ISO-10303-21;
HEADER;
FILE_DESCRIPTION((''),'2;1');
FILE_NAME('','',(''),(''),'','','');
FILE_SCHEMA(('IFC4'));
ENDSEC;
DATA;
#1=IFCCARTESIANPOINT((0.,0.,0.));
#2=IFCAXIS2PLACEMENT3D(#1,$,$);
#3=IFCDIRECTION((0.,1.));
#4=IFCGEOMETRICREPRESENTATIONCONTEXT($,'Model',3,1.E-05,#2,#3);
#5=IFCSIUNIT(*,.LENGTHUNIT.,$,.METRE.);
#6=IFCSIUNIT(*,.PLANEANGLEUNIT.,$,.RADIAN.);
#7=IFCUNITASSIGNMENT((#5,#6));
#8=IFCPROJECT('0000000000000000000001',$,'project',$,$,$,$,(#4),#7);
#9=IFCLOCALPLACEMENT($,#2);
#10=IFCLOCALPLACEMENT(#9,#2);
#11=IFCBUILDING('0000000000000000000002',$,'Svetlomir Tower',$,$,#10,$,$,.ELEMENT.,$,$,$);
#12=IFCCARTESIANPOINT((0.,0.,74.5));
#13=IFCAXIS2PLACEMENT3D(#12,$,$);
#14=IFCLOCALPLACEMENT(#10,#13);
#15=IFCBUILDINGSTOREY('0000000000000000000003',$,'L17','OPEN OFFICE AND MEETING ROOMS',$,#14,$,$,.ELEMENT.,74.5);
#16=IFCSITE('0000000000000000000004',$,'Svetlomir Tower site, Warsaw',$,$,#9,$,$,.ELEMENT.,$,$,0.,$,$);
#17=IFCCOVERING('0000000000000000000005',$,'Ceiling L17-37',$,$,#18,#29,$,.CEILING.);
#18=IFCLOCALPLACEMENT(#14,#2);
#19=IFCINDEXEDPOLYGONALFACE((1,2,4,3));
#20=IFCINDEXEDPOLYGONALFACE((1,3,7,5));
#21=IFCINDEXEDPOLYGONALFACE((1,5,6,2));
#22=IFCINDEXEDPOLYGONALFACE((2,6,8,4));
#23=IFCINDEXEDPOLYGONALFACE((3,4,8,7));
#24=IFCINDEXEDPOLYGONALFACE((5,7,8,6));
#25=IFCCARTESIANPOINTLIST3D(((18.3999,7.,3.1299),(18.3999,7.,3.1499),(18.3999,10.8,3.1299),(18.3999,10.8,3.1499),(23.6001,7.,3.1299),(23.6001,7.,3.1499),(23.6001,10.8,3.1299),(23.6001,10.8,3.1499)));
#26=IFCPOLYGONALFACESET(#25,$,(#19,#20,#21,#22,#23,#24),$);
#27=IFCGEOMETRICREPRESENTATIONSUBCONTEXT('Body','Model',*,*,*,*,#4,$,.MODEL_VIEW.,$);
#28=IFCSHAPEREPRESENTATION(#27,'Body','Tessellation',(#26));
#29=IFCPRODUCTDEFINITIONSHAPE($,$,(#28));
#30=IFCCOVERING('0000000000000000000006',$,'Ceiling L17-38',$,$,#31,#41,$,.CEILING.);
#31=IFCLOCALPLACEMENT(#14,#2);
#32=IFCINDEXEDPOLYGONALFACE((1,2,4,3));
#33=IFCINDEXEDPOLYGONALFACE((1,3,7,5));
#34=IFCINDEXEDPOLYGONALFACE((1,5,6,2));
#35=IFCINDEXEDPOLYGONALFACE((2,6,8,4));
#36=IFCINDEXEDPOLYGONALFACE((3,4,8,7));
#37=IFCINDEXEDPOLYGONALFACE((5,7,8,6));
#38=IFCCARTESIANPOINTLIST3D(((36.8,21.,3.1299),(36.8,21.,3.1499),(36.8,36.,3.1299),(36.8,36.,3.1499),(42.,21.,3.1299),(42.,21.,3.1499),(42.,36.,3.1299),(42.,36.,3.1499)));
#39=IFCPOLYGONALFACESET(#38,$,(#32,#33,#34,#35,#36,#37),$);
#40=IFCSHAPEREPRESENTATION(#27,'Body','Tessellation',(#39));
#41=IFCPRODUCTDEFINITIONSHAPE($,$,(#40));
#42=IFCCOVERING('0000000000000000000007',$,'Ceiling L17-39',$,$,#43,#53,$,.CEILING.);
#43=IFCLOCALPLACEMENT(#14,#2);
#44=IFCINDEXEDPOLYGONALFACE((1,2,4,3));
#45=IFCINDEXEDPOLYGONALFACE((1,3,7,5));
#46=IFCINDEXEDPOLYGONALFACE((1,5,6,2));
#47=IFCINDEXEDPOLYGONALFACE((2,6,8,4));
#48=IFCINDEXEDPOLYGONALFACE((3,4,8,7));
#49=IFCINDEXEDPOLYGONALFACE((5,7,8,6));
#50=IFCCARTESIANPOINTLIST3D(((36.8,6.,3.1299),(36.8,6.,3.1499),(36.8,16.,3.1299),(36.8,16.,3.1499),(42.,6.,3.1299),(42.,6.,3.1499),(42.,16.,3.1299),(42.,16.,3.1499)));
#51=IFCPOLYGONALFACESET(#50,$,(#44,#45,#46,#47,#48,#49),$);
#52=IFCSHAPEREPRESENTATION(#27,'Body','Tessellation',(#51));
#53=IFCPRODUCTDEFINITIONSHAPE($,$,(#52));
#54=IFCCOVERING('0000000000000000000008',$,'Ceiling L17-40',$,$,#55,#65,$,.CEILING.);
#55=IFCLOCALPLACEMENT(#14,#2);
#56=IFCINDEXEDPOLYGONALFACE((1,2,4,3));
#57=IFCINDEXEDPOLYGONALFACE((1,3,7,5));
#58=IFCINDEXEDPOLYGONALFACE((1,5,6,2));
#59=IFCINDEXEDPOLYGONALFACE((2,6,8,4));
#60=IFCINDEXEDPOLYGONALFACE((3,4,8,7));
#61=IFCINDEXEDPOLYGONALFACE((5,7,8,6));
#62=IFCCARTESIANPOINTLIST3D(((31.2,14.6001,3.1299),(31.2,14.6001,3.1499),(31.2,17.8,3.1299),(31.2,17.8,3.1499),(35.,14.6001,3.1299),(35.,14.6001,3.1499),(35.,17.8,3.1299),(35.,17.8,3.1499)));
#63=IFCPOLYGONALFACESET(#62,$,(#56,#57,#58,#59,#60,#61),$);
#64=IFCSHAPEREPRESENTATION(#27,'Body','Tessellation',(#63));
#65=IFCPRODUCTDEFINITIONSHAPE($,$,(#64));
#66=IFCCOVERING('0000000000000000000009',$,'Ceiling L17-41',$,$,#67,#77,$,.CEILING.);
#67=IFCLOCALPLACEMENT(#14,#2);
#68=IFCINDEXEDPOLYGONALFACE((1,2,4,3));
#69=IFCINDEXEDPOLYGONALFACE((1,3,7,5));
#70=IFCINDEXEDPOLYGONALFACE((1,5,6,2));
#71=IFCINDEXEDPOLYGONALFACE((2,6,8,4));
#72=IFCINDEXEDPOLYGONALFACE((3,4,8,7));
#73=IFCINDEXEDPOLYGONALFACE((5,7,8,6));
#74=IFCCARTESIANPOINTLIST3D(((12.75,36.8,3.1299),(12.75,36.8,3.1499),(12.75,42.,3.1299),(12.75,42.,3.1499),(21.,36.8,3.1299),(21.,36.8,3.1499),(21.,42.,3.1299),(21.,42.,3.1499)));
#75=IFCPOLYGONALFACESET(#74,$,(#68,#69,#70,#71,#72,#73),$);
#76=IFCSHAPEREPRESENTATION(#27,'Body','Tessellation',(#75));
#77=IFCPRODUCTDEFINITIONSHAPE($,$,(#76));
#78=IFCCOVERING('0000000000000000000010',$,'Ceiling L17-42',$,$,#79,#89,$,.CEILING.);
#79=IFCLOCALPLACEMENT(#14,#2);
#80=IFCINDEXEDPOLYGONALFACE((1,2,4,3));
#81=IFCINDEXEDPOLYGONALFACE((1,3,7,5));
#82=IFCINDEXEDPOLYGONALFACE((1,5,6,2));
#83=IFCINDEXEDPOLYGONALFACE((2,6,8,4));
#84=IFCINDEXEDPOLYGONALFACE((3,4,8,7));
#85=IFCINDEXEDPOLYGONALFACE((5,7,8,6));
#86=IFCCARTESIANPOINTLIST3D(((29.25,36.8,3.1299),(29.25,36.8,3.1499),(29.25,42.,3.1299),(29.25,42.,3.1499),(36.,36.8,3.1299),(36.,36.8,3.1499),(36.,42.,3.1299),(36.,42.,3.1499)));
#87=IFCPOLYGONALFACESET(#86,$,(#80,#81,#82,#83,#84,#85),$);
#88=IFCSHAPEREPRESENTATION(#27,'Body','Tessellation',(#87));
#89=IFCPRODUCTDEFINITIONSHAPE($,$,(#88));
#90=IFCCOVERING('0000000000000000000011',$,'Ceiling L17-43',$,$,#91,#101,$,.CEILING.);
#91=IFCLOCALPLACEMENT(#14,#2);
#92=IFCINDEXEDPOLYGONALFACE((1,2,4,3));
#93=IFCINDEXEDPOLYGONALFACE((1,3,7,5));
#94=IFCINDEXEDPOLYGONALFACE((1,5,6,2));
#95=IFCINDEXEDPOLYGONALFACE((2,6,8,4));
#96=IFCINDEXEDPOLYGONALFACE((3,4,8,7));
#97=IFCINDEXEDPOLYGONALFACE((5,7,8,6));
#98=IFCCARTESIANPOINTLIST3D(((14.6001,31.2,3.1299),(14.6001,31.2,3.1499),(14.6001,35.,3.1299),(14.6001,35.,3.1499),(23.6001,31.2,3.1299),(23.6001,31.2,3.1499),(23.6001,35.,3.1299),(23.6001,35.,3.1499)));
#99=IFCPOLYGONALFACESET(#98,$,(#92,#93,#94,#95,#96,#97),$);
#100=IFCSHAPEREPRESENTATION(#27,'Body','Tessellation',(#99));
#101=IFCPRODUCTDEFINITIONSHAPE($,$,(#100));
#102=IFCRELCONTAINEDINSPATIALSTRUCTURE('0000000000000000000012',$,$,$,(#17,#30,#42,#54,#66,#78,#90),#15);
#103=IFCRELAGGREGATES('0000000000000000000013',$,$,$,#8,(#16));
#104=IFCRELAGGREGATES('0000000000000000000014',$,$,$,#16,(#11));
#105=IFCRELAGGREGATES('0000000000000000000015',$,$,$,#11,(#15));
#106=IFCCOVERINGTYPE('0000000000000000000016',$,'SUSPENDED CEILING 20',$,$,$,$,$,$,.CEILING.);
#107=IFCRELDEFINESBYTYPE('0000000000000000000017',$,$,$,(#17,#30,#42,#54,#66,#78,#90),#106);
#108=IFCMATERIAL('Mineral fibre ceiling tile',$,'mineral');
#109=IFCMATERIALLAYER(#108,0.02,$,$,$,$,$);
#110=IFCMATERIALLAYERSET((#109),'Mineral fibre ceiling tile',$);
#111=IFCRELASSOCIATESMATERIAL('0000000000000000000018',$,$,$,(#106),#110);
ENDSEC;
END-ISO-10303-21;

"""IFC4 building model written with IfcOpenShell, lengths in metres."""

from ifc_helpers import new_model, si_unit, direction, frame, origin, place, context, subcontext, project, spatial, polyline, outline, extrude, material, layer, layer_set, type_object, element, save


model = new_model("IFC4")

# Units and contexts
model_context = context("Model", 3, precision=1e-05, world=origin(), true_north=direction((0.0, 1.0)))
body_context = subcontext(model_context, "Body", "Model", "MODEL_VIEW")
ifc_project = project(units=[si_unit("LENGTHUNIT", "METRE"), si_unit("PLANEANGLEUNIT", "RADIAN")], contexts=[model_context])

# Site, building, storey
site_placement = place(None, origin())
site = spatial("IfcSite", under=ifc_project, at=site_placement, Name="Svetlomir Tower site, Warsaw", CompositionType="ELEMENT", RefElevation=0.0)
building_placement = place(site_placement, origin())
building = spatial("IfcBuilding", under=site, at=building_placement, Name="Svetlomir Tower", CompositionType="ELEMENT")
storey_placement = place(building_placement, frame((0.0, 0.0, 74.5)))
storey = spatial("IfcBuildingStorey", under=building, at=storey_placement, Name="L17", Description="OPEN OFFICE AND MEETING ROOMS", CompositionType="ELEMENT", Elevation=74.5)

# Coverings
ifc_material_1 = material(Name="Mineral fibre ceiling tile", Category="mineral")
ifc_layer_1 = layer(ifc_material_1, 0.02)
ifc_layer_set_1 = layer_set([ifc_layer_1], Name="Mineral fibre ceiling tile")
covering_type_1 = type_object("IfcCoveringType", Name="SUSPENDED CEILING 20", PredefinedType="CEILING", material=ifc_layer_set_1)
covering_1_placement = place(storey_placement, frame((0.0, 0.0, 3.1299)))
element("IfcCovering", 1, at=covering_1_placement, inside=storey, type_object=covering_type_1, Name="Ceiling L17-37", PredefinedType="CEILING", context=body_context, shape_type="SweptSolid", body=[
    extrude(outline(polyline([(23.6001, 10.8), (23.6001, 7.0), (18.3999, 7.0), (18.3999, 10.8), (23.6001, 10.8)])), origin(), (0.0, 0.0, 1.0), 0.02),
])
covering_2_placement = place(storey_placement, frame((0.0, 0.0, 3.1299)))
element("IfcCovering", 2, at=covering_2_placement, inside=storey, type_object=covering_type_1, Name="Ceiling L17-38", PredefinedType="CEILING", context=body_context, shape_type="SweptSolid", body=[
    extrude(outline(polyline([(42.0, 21.0), (36.8, 21.0), (36.8, 36.0), (42.0, 36.0), (42.0, 21.0)])), origin(), (0.0, 0.0, 1.0), 0.02),
])
covering_3_placement = place(storey_placement, frame((0.0, 0.0, 3.1299)))
element("IfcCovering", 3, at=covering_3_placement, inside=storey, type_object=covering_type_1, Name="Ceiling L17-39", PredefinedType="CEILING", context=body_context, shape_type="SweptSolid", body=[
    extrude(outline(polyline([(42.0, 6.0), (36.8, 6.0), (36.8, 16.0), (42.0, 16.0), (42.0, 6.0)])), origin(), (0.0, 0.0, 1.0), 0.02),
])
covering_4_placement = place(storey_placement, frame((0.0, 0.0, 3.1299)))
element("IfcCovering", 4, at=covering_4_placement, inside=storey, type_object=covering_type_1, Name="Ceiling L17-40", PredefinedType="CEILING", context=body_context, shape_type="SweptSolid", body=[
    extrude(outline(polyline([(31.2, 14.6001), (31.2, 17.8), (35.0, 17.8), (35.0, 14.6001), (31.2, 14.6001)])), origin(), (0.0, 0.0, 1.0), 0.02),
])
covering_5_placement = place(storey_placement, frame((0.0, 0.0, 3.1299)))
element("IfcCovering", 5, at=covering_5_placement, inside=storey, type_object=covering_type_1, Name="Ceiling L17-41", PredefinedType="CEILING", context=body_context, shape_type="SweptSolid", body=[
    extrude(outline(polyline([(21.0, 42.0), (21.0, 36.8), (12.75, 36.8), (12.75, 42.0), (21.0, 42.0)])), origin(), (0.0, 0.0, 1.0), 0.02),
])
covering_6_placement = place(storey_placement, frame((0.0, 0.0, 3.1299)))
element("IfcCovering", 6, at=covering_6_placement, inside=storey, type_object=covering_type_1, Name="Ceiling L17-42", PredefinedType="CEILING", context=body_context, shape_type="SweptSolid", body=[
    extrude(outline(polyline([(36.0, 42.0), (36.0, 36.8), (29.25, 36.8), (29.25, 42.0), (36.0, 42.0)])), origin(), (0.0, 0.0, 1.0), 0.02),
])
covering_7_placement = place(storey_placement, frame((0.0, 0.0, 3.1299)))
element("IfcCovering", 7, at=covering_7_placement, inside=storey, type_object=covering_type_1, Name="Ceiling L17-43", PredefinedType="CEILING", context=body_context, shape_type="SweptSolid", body=[
    extrude(outline(polyline([(14.6001, 31.2), (14.6001, 35.0), (23.6001, 35.0), (23.6001, 31.2), (14.6001, 31.2)])), origin(), (0.0, 0.0, 1.0), 0.02),
])

save(model, "model.ifc")
